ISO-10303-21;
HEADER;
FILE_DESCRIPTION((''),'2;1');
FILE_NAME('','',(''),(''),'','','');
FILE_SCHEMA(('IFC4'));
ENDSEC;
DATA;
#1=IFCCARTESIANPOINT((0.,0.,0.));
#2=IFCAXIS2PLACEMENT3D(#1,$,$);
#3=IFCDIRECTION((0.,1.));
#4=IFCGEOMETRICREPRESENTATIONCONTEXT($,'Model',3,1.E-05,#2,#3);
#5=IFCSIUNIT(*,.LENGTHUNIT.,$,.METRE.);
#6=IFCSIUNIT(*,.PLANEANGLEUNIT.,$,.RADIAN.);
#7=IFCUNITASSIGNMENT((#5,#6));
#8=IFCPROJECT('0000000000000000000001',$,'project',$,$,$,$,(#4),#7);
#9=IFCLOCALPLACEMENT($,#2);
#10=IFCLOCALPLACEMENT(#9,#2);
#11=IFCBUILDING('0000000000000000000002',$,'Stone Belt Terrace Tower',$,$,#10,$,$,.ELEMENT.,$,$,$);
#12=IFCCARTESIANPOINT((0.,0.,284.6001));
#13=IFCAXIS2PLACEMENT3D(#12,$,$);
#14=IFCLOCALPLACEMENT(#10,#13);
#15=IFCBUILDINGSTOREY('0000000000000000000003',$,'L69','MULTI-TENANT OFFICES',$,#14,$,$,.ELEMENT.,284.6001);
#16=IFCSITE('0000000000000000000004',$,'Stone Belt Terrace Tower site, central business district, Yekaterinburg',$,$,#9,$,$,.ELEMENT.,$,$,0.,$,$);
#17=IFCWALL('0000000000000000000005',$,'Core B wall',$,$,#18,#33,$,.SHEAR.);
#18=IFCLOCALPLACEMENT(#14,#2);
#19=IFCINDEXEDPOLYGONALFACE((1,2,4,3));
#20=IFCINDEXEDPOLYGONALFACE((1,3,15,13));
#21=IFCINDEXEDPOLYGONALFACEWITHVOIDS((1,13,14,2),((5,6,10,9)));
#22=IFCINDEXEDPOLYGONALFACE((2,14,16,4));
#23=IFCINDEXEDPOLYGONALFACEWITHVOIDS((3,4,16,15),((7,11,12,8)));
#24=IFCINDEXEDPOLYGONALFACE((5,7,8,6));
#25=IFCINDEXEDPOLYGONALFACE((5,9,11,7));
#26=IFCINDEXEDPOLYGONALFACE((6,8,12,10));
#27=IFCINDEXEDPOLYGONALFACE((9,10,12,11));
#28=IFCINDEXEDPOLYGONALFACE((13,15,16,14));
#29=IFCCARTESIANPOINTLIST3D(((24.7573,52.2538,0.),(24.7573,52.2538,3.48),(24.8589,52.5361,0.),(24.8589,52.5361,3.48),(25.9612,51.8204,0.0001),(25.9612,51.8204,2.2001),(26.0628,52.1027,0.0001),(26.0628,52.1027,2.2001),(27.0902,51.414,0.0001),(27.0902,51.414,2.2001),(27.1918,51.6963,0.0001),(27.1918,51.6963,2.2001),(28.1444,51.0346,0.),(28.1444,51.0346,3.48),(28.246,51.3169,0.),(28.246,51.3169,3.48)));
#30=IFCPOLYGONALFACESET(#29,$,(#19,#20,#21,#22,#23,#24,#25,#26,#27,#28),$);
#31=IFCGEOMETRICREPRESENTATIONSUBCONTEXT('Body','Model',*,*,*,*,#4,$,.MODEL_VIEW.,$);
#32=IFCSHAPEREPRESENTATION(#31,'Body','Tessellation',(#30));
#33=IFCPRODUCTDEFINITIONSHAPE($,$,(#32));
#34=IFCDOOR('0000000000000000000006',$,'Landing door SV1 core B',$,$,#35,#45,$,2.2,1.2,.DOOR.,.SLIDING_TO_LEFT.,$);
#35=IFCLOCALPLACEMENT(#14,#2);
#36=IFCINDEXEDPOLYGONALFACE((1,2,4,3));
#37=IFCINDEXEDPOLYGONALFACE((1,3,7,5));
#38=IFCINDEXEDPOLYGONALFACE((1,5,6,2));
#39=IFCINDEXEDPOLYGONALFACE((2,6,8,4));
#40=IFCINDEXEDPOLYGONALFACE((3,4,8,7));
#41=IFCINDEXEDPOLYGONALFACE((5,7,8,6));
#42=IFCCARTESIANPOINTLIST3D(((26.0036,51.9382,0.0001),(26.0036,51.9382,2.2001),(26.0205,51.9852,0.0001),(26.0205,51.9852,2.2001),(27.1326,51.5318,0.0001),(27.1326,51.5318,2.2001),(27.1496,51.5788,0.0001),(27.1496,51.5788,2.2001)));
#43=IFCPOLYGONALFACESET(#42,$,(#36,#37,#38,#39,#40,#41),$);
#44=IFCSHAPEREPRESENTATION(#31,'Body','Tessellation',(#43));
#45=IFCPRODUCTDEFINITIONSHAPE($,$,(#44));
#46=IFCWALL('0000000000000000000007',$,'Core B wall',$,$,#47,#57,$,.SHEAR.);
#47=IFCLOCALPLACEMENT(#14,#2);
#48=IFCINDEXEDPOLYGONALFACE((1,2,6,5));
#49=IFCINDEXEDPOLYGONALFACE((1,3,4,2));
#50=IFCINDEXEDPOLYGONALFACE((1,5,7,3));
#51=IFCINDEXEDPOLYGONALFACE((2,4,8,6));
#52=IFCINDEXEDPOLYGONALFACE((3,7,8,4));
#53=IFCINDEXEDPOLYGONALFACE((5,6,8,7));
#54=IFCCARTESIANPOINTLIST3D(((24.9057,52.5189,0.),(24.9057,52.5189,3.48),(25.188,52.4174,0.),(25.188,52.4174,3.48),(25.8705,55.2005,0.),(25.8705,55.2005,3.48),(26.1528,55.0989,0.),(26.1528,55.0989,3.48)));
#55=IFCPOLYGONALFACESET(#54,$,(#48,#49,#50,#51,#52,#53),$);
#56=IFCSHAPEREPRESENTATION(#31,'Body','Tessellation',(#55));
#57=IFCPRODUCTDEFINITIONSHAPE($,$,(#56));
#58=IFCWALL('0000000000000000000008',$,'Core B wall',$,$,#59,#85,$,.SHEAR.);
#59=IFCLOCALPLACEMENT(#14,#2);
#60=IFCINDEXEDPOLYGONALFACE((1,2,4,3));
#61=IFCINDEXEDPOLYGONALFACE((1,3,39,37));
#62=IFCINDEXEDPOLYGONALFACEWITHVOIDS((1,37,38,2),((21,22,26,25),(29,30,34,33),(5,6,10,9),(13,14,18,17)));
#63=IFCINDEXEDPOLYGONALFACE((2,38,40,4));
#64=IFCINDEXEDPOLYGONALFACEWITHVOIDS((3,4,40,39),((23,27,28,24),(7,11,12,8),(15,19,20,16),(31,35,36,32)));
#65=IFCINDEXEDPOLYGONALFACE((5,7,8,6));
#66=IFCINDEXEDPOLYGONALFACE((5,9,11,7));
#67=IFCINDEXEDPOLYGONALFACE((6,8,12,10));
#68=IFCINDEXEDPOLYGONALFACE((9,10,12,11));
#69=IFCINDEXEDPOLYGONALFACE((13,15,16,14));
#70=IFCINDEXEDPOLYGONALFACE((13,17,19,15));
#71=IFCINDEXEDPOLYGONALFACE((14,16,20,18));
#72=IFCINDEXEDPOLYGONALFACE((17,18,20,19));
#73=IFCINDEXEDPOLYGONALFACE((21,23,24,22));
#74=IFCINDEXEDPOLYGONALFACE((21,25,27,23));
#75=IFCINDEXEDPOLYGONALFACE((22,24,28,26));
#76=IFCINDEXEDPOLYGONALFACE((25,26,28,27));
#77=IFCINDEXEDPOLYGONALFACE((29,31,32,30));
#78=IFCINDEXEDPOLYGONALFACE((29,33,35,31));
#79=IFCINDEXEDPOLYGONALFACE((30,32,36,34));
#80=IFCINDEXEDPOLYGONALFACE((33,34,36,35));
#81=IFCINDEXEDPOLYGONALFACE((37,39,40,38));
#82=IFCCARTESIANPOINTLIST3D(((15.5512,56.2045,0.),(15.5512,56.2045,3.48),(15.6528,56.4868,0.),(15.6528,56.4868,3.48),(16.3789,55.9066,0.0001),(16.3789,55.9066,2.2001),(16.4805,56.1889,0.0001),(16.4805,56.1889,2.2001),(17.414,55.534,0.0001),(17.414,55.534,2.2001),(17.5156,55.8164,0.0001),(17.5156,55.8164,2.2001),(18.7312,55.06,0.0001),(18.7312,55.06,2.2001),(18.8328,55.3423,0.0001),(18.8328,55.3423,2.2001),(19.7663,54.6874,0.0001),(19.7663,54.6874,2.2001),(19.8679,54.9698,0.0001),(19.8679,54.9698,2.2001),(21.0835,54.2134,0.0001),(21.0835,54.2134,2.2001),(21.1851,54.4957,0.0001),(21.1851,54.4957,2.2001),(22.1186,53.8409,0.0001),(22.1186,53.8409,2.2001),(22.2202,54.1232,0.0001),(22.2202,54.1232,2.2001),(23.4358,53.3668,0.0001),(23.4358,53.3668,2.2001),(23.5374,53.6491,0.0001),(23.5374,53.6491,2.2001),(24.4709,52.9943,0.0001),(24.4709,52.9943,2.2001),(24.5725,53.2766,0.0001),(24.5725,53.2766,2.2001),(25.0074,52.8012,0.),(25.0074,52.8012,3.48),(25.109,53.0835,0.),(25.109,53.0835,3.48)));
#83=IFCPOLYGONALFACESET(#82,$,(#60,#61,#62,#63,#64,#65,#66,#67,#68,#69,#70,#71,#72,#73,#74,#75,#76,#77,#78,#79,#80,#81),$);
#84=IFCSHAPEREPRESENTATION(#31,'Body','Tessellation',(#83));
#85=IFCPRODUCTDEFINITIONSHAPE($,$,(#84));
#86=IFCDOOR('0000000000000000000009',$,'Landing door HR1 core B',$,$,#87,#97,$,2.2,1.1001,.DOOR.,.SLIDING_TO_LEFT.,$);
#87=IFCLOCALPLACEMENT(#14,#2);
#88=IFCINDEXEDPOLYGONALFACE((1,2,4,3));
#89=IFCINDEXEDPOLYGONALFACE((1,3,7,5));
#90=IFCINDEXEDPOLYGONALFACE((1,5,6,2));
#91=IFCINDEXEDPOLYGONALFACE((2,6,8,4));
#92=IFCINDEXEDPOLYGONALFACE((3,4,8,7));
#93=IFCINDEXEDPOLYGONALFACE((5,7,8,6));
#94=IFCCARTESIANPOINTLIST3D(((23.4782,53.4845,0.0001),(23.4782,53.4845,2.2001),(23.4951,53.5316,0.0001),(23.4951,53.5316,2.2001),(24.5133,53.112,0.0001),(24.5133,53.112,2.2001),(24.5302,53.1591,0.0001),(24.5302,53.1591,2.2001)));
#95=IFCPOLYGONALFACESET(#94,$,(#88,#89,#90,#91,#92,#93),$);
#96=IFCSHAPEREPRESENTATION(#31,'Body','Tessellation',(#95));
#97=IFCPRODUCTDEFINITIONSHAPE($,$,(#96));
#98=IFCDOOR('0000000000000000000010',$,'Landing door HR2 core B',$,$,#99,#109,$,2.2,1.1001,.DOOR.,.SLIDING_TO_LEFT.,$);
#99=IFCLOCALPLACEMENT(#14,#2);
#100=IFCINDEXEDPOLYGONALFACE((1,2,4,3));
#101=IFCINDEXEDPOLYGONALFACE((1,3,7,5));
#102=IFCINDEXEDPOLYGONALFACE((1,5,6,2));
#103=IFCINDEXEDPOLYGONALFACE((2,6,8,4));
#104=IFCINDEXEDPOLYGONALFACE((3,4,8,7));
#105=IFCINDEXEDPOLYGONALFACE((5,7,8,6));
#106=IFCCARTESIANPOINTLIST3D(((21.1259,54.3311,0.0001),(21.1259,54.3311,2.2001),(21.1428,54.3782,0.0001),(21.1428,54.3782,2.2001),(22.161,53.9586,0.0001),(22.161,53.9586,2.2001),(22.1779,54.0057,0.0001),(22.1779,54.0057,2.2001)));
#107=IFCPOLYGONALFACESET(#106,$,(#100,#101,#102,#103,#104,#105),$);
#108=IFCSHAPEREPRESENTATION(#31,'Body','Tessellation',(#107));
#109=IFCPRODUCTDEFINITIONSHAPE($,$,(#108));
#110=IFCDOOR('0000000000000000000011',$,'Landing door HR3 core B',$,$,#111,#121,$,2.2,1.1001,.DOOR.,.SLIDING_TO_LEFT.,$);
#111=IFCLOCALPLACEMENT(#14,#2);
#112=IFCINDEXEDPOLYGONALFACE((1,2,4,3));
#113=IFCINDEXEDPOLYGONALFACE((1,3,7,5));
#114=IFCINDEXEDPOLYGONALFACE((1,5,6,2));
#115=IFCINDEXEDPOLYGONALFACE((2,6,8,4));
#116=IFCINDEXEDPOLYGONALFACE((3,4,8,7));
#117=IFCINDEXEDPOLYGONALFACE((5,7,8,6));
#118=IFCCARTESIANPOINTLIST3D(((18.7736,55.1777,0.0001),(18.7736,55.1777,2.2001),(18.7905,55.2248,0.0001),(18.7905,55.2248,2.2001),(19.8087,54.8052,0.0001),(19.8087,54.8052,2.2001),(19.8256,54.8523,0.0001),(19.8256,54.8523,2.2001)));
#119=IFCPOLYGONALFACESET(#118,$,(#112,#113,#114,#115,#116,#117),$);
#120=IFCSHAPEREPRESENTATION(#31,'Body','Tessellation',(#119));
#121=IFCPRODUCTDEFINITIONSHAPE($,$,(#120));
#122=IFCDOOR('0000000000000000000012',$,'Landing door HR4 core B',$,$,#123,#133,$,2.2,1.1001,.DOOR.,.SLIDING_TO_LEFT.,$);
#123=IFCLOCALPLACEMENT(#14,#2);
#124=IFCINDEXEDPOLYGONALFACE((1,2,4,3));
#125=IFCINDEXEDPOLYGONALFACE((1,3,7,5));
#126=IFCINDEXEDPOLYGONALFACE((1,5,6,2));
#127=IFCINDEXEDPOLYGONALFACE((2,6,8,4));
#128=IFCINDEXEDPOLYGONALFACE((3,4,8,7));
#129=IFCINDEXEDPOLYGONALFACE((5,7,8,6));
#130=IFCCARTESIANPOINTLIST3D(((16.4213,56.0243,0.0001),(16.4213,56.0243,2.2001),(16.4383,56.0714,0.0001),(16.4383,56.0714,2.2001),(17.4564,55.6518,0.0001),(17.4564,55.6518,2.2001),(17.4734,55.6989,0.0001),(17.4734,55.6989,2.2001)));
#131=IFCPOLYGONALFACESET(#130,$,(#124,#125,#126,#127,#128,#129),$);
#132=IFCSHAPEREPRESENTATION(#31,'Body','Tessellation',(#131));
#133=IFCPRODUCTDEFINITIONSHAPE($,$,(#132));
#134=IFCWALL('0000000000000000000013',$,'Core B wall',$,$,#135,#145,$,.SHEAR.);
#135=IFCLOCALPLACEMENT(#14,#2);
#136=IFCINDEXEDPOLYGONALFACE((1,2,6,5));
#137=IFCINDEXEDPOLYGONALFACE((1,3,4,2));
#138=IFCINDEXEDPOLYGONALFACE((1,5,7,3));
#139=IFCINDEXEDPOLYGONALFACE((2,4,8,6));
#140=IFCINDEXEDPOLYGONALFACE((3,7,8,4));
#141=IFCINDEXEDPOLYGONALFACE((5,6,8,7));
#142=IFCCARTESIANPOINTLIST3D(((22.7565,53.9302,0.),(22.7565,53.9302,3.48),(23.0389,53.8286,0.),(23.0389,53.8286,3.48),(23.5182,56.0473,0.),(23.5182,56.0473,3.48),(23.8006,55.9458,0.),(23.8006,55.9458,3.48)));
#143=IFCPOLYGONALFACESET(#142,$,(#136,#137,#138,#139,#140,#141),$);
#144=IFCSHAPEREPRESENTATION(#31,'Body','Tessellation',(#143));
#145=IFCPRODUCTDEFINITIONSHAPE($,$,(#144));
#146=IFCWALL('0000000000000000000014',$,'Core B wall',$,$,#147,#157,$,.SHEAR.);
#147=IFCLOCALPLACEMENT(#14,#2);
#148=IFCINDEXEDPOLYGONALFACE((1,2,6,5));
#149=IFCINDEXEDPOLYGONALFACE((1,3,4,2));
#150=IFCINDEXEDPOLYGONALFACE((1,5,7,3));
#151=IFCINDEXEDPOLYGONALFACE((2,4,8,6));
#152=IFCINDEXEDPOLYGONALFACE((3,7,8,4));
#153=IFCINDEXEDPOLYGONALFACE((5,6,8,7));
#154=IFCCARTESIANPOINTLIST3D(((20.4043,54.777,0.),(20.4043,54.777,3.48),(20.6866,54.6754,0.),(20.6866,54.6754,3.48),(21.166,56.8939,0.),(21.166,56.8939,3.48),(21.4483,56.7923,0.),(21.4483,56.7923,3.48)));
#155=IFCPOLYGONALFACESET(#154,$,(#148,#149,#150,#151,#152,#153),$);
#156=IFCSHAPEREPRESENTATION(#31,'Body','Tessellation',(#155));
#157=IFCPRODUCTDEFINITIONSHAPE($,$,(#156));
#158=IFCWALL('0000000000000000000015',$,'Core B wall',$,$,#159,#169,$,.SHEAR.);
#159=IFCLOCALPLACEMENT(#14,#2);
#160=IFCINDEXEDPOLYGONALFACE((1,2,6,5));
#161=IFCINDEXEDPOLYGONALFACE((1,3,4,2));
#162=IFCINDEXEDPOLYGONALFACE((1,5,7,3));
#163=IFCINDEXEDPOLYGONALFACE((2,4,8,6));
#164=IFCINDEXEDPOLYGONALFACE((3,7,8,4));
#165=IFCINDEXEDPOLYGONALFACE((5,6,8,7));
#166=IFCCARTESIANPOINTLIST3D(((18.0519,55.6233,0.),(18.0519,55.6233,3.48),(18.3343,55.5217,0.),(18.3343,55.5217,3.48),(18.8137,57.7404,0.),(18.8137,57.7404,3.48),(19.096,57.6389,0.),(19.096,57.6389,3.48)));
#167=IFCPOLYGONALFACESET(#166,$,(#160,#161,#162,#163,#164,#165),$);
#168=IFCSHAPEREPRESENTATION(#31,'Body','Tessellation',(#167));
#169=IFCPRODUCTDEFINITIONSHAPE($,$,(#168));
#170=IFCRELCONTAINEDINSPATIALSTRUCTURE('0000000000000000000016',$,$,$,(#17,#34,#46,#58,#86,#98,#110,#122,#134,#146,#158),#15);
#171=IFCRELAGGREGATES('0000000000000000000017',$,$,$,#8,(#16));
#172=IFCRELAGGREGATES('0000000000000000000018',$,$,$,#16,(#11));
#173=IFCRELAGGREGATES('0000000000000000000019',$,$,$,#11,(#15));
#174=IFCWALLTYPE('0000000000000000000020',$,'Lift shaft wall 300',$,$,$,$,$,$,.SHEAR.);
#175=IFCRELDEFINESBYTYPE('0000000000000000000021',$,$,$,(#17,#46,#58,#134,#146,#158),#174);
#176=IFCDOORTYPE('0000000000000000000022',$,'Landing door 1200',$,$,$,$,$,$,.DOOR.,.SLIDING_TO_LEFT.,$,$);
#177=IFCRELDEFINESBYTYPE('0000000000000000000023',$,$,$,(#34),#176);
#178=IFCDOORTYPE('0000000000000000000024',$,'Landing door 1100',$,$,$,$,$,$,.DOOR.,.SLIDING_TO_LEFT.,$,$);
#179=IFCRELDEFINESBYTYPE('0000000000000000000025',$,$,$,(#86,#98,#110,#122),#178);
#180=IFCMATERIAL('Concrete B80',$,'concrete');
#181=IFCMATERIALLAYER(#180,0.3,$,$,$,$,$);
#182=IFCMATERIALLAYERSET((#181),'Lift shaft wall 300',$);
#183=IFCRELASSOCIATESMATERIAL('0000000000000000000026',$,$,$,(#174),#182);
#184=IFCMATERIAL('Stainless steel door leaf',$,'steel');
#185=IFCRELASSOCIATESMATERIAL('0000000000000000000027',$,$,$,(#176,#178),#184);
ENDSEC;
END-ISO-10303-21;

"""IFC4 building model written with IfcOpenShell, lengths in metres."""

from ifc_helpers import new_model, si_unit, direction, frame, frame_2d, origin, place, context, subcontext, project, spatial, rectangle, extrude, material, layer, layer_set, type_object, element, fill, save


model = new_model("IFC4")

# Units and contexts
model_context = context("Model", 3, precision=1e-05, world=origin(), true_north=direction((0.0, 1.0)))
body_context = subcontext(model_context, "Body", "Model", "MODEL_VIEW")
ifc_project = project(units=[si_unit("LENGTHUNIT", "METRE"), si_unit("PLANEANGLEUNIT", "RADIAN")], contexts=[model_context])

# Site, building, storey
site_placement = place(None, origin())
site = spatial("IfcSite", under=ifc_project, at=site_placement, Name="Stone Belt Terrace Tower site, central business district, Yekaterinburg", CompositionType="ELEMENT", RefElevation=0.0)
building_placement = place(site_placement, origin())
building = spatial("IfcBuilding", under=site, at=building_placement, Name="Stone Belt Terrace Tower", CompositionType="ELEMENT")
storey_placement = place(building_placement, frame((0.0, 0.0, 284.6001)))
storey = spatial("IfcBuildingStorey", under=building, at=storey_placement, Name="L69", Description="MULTI-TENANT OFFICES", CompositionType="ELEMENT", Elevation=284.6001)

# Shared definitions
ifc_material_1 = material(Name="Concrete B80", Category="concrete")

# Wall, opening, door
ifc_layer_1 = layer(ifc_material_1, 0.3)
ifc_layer_set_1 = layer_set([ifc_layer_1], Name="Lift shaft wall 300")
wall_type_1 = type_object("IfcWallType", Name="Lift shaft wall 300", PredefinedType="SHEAR", material=ifc_layer_set_1)
wall_1_placement = place(storey_placement, frame((28.1951, 51.1758, 0.0), z_axis=(0.0, 0.0, 1.0), x_axis=(-0.940901, 0.338681, 0.0)))
wall_1 = element("IfcWall", 1, at=wall_1_placement, inside=storey, type_object=wall_type_1, Name="Core B wall", PredefinedType="SHEAR", context=body_context, shape_type="SweptSolid", body=[
    extrude(rectangle(XDim=3.5999, YDim=0.3, at=frame_2d((1.7998, 0.0))), origin(), (0.0, 0.0, 1.0), 3.48),
])
opening_1_placement = place(wall_1_placement, frame((1.1201, 0.0, 0.0)))
opening_1 = element("IfcOpeningElement", 2, at=opening_1_placement, cuts=wall_1, PredefinedType="OPENING", context=body_context, shape_type="SweptSolid", body=[
    extrude(rectangle(XDim=1.2, YDim=2.2, at=frame_2d((0.6001, 1.1001))), frame((0.0, 0.1599, 0.0), z_axis=(0.0, -1.0, 0.0), x_axis=(1.0, 0.0, 0.0)), (0.0, 0.0, 1.0), 0.3201),
])
ifc_material_2 = material(Name="Stainless steel door leaf", Category="steel")
door_type_1 = type_object("IfcDoorType", Name="Landing door 1200", OperationType="SLIDING_TO_LEFT", PredefinedType="DOOR", material=ifc_material_2)
door_1_placement = place(opening_1_placement, origin())
door_1 = element("IfcDoor", 3, at=door_1_placement, inside=storey, type_object=door_type_1, Name="Landing door SV1 core B", OperationType="SLIDING_TO_LEFT", OverallHeight=2.2, OverallWidth=1.2, PredefinedType="DOOR", context=body_context, shape_type="SweptSolid", body=[
    extrude(rectangle(XDim=1.2, YDim=2.2, at=frame_2d((0.6001, 1.1001))), frame((0.0, 0.0249, 0.0), z_axis=(0.0, -1.0, 0.0), x_axis=(1.0, 0.0, 0.0)), (0.0, 0.0, 1.0), 0.05),
])
fill(opening_1, door_1)

# Wall
wall_2_placement = place(storey_placement, frame((25.0469, 52.4683, 0.0), z_axis=(0.0, 0.0, 1.0), x_axis=(0.33855, 0.940949, 0.0)))
element("IfcWall", 4, at=wall_2_placement, inside=storey, type_object=wall_type_1, Name="Core B wall", PredefinedType="SHEAR", context=body_context, shape_type="SweptSolid", body=[
    extrude(rectangle(XDim=2.8499, YDim=0.3, at=frame_2d((1.4248, 0.0))), origin(), (0.0, 0.0, 1.0), 3.48),
])

# Wall, openings, doors
wall_3_placement = place(storey_placement, frame((25.0581, 52.9424, 0.0), z_axis=(0.0, 0.0, 1.0), x_axis=(-0.940917, 0.338636, 0.0)))
wall_3 = element("IfcWall", 5, at=wall_3_placement, inside=storey, type_object=wall_type_1, Name="Core B wall", PredefinedType="SHEAR", context=body_context, shape_type="SweptSolid", body=[
    extrude(rectangle(XDim=10.05, YDim=0.3, at=frame_2d((5.0249, 0.0))), origin(), (0.0, 0.0, 1.0), 3.48),
])
opening_2_placement = place(wall_3_placement, frame((0.5701, 0.0, 0.0)))
opening_2 = element("IfcOpeningElement", 6, at=opening_2_placement, cuts=wall_3, PredefinedType="OPENING", context=body_context, shape_type="SweptSolid", body=[
    extrude(rectangle(XDim=1.1001, YDim=2.2, at=frame_2d((0.55, 1.1001))), frame((0.0, 0.1599, 0.0), z_axis=(0.0, -1.0, 0.0), x_axis=(1.0, 0.0, 0.0)), (0.0, 0.0, 1.0), 0.3201),
])
opening_3_placement = place(wall_3_placement, frame((3.0701, 0.0, 0.0)))
opening_3 = element("IfcOpeningElement", 7, at=opening_3_placement, cuts=wall_3, PredefinedType="OPENING", context=body_context, shape_type="SweptSolid", body=[
    extrude(rectangle(XDim=1.1001, YDim=2.2, at=frame_2d((0.55, 1.1001))), frame((0.0, 0.1599, 0.0), z_axis=(0.0, -1.0, 0.0), x_axis=(1.0, 0.0, 0.0)), (0.0, 0.0, 1.0), 0.3201),
])
opening_4_placement = place(wall_3_placement, frame((5.5701, 0.0, 0.0)))
opening_4 = element("IfcOpeningElement", 8, at=opening_4_placement, cuts=wall_3, PredefinedType="OPENING", context=body_context, shape_type="SweptSolid", body=[
    extrude(rectangle(XDim=1.1001, YDim=2.2, at=frame_2d((0.55, 1.1001))), frame((0.0, 0.1599, 0.0), z_axis=(0.0, -1.0, 0.0), x_axis=(1.0, 0.0, 0.0)), (0.0, 0.0, 1.0), 0.3201),
])
opening_5_placement = place(wall_3_placement, frame((8.0701, 0.0, 0.0)))
opening_5 = element("IfcOpeningElement", 9, at=opening_5_placement, cuts=wall_3, PredefinedType="OPENING", context=body_context, shape_type="SweptSolid", body=[
    extrude(rectangle(XDim=1.1001, YDim=2.2, at=frame_2d((0.55, 1.1001))), frame((0.0, 0.1599, 0.0), z_axis=(0.0, -1.0, 0.0), x_axis=(1.0, 0.0, 0.0)), (0.0, 0.0, 1.0), 0.3201),
])
door_type_2 = type_object("IfcDoorType", Name="Landing door 1100", OperationType="SLIDING_TO_LEFT", PredefinedType="DOOR", material=ifc_material_2)
door_2_placement = place(opening_2_placement, origin())
door_2 = element("IfcDoor", 10, at=door_2_placement, inside=storey, type_object=door_type_2, Name="Landing door HR1 core B", OperationType="SLIDING_TO_LEFT", OverallHeight=2.2, OverallWidth=1.1001, PredefinedType="DOOR", context=body_context, shape_type="SweptSolid", body=[
    extrude(rectangle(XDim=1.1001, YDim=2.2, at=frame_2d((0.55, 1.1001))), frame((0.0, 0.0249, 0.0), z_axis=(0.0, -1.0, 0.0), x_axis=(1.0, 0.0, 0.0)), (0.0, 0.0, 1.0), 0.05),
])
fill(opening_2, door_2)
door_3_placement = place(opening_3_placement, origin())
door_3 = element("IfcDoor", 11, at=door_3_placement, inside=storey, type_object=door_type_2, Name="Landing door HR2 core B", OperationType="SLIDING_TO_LEFT", OverallHeight=2.2, OverallWidth=1.1001, PredefinedType="DOOR", context=body_context, shape_type="SweptSolid", body=[
    extrude(rectangle(XDim=1.1001, YDim=2.2, at=frame_2d((0.55, 1.1001))), frame((0.0, 0.0249, 0.0), z_axis=(0.0, -1.0, 0.0), x_axis=(1.0, 0.0, 0.0)), (0.0, 0.0, 1.0), 0.05),
])
fill(opening_3, door_3)
door_4_placement = place(opening_4_placement, origin())
door_4 = element("IfcDoor", 12, at=door_4_placement, inside=storey, type_object=door_type_2, Name="Landing door HR3 core B", OperationType="SLIDING_TO_LEFT", OverallHeight=2.2, OverallWidth=1.1001, PredefinedType="DOOR", context=body_context, shape_type="SweptSolid", body=[
    extrude(rectangle(XDim=1.1001, YDim=2.2, at=frame_2d((0.55, 1.1001))), frame((0.0, 0.0249, 0.0), z_axis=(0.0, -1.0, 0.0), x_axis=(1.0, 0.0, 0.0)), (0.0, 0.0, 1.0), 0.05),
])
fill(opening_4, door_4)
door_5_placement = place(opening_5_placement, origin())
door_5 = element("IfcDoor", 13, at=door_5_placement, inside=storey, type_object=door_type_2, Name="Landing door HR4 core B", OperationType="SLIDING_TO_LEFT", OverallHeight=2.2, OverallWidth=1.1001, PredefinedType="DOOR", context=body_context, shape_type="SweptSolid", body=[
    extrude(rectangle(XDim=1.1001, YDim=2.2, at=frame_2d((0.55, 1.1001))), frame((0.0, 0.0249, 0.0), z_axis=(0.0, -1.0, 0.0), x_axis=(1.0, 0.0, 0.0)), (0.0, 0.0, 1.0), 0.05),
])
fill(opening_5, door_5)

# Walls
wall_4_placement = place(storey_placement, frame((22.8977, 53.8794, 0.0), z_axis=(0.0, 0.0, 1.0), x_axis=(0.338535, 0.940954, 0.0)))
element("IfcWall", 14, at=wall_4_placement, inside=storey, type_object=wall_type_1, Name="Core B wall", PredefinedType="SHEAR", context=body_context, shape_type="SweptSolid", body=[
    extrude(rectangle(XDim=2.25, YDim=0.3, at=frame_2d((1.125, 0.0))), origin(), (0.0, 0.0, 1.0), 3.48),
])
wall_5_placement = place(storey_placement, frame((20.5454, 54.7261, 0.0), z_axis=(0.0, 0.0, 1.0), x_axis=(0.33857, 0.940941, 0.0)))
element("IfcWall", 15, at=wall_5_placement, inside=storey, type_object=wall_type_1, Name="Core B wall", PredefinedType="SHEAR", context=body_context, shape_type="SweptSolid", body=[
    extrude(rectangle(XDim=2.2498, YDim=0.3, at=frame_2d((1.125, 0.0))), origin(), (0.0, 0.0, 1.0), 3.48),
])
wall_6_placement = place(storey_placement, frame((18.1931, 55.5725, 0.0), z_axis=(0.0, 0.0, 1.0), x_axis=(0.338535, 0.940954, 0.0)))
element("IfcWall", 16, at=wall_6_placement, inside=storey, type_object=wall_type_1, Name="Core B wall", PredefinedType="SHEAR", context=body_context, shape_type="SweptSolid", body=[
    extrude(rectangle(XDim=2.25, YDim=0.3, at=frame_2d((1.125, 0.0))), origin(), (0.0, 0.0, 1.0), 3.48),
])

save(model, "model.ifc")
